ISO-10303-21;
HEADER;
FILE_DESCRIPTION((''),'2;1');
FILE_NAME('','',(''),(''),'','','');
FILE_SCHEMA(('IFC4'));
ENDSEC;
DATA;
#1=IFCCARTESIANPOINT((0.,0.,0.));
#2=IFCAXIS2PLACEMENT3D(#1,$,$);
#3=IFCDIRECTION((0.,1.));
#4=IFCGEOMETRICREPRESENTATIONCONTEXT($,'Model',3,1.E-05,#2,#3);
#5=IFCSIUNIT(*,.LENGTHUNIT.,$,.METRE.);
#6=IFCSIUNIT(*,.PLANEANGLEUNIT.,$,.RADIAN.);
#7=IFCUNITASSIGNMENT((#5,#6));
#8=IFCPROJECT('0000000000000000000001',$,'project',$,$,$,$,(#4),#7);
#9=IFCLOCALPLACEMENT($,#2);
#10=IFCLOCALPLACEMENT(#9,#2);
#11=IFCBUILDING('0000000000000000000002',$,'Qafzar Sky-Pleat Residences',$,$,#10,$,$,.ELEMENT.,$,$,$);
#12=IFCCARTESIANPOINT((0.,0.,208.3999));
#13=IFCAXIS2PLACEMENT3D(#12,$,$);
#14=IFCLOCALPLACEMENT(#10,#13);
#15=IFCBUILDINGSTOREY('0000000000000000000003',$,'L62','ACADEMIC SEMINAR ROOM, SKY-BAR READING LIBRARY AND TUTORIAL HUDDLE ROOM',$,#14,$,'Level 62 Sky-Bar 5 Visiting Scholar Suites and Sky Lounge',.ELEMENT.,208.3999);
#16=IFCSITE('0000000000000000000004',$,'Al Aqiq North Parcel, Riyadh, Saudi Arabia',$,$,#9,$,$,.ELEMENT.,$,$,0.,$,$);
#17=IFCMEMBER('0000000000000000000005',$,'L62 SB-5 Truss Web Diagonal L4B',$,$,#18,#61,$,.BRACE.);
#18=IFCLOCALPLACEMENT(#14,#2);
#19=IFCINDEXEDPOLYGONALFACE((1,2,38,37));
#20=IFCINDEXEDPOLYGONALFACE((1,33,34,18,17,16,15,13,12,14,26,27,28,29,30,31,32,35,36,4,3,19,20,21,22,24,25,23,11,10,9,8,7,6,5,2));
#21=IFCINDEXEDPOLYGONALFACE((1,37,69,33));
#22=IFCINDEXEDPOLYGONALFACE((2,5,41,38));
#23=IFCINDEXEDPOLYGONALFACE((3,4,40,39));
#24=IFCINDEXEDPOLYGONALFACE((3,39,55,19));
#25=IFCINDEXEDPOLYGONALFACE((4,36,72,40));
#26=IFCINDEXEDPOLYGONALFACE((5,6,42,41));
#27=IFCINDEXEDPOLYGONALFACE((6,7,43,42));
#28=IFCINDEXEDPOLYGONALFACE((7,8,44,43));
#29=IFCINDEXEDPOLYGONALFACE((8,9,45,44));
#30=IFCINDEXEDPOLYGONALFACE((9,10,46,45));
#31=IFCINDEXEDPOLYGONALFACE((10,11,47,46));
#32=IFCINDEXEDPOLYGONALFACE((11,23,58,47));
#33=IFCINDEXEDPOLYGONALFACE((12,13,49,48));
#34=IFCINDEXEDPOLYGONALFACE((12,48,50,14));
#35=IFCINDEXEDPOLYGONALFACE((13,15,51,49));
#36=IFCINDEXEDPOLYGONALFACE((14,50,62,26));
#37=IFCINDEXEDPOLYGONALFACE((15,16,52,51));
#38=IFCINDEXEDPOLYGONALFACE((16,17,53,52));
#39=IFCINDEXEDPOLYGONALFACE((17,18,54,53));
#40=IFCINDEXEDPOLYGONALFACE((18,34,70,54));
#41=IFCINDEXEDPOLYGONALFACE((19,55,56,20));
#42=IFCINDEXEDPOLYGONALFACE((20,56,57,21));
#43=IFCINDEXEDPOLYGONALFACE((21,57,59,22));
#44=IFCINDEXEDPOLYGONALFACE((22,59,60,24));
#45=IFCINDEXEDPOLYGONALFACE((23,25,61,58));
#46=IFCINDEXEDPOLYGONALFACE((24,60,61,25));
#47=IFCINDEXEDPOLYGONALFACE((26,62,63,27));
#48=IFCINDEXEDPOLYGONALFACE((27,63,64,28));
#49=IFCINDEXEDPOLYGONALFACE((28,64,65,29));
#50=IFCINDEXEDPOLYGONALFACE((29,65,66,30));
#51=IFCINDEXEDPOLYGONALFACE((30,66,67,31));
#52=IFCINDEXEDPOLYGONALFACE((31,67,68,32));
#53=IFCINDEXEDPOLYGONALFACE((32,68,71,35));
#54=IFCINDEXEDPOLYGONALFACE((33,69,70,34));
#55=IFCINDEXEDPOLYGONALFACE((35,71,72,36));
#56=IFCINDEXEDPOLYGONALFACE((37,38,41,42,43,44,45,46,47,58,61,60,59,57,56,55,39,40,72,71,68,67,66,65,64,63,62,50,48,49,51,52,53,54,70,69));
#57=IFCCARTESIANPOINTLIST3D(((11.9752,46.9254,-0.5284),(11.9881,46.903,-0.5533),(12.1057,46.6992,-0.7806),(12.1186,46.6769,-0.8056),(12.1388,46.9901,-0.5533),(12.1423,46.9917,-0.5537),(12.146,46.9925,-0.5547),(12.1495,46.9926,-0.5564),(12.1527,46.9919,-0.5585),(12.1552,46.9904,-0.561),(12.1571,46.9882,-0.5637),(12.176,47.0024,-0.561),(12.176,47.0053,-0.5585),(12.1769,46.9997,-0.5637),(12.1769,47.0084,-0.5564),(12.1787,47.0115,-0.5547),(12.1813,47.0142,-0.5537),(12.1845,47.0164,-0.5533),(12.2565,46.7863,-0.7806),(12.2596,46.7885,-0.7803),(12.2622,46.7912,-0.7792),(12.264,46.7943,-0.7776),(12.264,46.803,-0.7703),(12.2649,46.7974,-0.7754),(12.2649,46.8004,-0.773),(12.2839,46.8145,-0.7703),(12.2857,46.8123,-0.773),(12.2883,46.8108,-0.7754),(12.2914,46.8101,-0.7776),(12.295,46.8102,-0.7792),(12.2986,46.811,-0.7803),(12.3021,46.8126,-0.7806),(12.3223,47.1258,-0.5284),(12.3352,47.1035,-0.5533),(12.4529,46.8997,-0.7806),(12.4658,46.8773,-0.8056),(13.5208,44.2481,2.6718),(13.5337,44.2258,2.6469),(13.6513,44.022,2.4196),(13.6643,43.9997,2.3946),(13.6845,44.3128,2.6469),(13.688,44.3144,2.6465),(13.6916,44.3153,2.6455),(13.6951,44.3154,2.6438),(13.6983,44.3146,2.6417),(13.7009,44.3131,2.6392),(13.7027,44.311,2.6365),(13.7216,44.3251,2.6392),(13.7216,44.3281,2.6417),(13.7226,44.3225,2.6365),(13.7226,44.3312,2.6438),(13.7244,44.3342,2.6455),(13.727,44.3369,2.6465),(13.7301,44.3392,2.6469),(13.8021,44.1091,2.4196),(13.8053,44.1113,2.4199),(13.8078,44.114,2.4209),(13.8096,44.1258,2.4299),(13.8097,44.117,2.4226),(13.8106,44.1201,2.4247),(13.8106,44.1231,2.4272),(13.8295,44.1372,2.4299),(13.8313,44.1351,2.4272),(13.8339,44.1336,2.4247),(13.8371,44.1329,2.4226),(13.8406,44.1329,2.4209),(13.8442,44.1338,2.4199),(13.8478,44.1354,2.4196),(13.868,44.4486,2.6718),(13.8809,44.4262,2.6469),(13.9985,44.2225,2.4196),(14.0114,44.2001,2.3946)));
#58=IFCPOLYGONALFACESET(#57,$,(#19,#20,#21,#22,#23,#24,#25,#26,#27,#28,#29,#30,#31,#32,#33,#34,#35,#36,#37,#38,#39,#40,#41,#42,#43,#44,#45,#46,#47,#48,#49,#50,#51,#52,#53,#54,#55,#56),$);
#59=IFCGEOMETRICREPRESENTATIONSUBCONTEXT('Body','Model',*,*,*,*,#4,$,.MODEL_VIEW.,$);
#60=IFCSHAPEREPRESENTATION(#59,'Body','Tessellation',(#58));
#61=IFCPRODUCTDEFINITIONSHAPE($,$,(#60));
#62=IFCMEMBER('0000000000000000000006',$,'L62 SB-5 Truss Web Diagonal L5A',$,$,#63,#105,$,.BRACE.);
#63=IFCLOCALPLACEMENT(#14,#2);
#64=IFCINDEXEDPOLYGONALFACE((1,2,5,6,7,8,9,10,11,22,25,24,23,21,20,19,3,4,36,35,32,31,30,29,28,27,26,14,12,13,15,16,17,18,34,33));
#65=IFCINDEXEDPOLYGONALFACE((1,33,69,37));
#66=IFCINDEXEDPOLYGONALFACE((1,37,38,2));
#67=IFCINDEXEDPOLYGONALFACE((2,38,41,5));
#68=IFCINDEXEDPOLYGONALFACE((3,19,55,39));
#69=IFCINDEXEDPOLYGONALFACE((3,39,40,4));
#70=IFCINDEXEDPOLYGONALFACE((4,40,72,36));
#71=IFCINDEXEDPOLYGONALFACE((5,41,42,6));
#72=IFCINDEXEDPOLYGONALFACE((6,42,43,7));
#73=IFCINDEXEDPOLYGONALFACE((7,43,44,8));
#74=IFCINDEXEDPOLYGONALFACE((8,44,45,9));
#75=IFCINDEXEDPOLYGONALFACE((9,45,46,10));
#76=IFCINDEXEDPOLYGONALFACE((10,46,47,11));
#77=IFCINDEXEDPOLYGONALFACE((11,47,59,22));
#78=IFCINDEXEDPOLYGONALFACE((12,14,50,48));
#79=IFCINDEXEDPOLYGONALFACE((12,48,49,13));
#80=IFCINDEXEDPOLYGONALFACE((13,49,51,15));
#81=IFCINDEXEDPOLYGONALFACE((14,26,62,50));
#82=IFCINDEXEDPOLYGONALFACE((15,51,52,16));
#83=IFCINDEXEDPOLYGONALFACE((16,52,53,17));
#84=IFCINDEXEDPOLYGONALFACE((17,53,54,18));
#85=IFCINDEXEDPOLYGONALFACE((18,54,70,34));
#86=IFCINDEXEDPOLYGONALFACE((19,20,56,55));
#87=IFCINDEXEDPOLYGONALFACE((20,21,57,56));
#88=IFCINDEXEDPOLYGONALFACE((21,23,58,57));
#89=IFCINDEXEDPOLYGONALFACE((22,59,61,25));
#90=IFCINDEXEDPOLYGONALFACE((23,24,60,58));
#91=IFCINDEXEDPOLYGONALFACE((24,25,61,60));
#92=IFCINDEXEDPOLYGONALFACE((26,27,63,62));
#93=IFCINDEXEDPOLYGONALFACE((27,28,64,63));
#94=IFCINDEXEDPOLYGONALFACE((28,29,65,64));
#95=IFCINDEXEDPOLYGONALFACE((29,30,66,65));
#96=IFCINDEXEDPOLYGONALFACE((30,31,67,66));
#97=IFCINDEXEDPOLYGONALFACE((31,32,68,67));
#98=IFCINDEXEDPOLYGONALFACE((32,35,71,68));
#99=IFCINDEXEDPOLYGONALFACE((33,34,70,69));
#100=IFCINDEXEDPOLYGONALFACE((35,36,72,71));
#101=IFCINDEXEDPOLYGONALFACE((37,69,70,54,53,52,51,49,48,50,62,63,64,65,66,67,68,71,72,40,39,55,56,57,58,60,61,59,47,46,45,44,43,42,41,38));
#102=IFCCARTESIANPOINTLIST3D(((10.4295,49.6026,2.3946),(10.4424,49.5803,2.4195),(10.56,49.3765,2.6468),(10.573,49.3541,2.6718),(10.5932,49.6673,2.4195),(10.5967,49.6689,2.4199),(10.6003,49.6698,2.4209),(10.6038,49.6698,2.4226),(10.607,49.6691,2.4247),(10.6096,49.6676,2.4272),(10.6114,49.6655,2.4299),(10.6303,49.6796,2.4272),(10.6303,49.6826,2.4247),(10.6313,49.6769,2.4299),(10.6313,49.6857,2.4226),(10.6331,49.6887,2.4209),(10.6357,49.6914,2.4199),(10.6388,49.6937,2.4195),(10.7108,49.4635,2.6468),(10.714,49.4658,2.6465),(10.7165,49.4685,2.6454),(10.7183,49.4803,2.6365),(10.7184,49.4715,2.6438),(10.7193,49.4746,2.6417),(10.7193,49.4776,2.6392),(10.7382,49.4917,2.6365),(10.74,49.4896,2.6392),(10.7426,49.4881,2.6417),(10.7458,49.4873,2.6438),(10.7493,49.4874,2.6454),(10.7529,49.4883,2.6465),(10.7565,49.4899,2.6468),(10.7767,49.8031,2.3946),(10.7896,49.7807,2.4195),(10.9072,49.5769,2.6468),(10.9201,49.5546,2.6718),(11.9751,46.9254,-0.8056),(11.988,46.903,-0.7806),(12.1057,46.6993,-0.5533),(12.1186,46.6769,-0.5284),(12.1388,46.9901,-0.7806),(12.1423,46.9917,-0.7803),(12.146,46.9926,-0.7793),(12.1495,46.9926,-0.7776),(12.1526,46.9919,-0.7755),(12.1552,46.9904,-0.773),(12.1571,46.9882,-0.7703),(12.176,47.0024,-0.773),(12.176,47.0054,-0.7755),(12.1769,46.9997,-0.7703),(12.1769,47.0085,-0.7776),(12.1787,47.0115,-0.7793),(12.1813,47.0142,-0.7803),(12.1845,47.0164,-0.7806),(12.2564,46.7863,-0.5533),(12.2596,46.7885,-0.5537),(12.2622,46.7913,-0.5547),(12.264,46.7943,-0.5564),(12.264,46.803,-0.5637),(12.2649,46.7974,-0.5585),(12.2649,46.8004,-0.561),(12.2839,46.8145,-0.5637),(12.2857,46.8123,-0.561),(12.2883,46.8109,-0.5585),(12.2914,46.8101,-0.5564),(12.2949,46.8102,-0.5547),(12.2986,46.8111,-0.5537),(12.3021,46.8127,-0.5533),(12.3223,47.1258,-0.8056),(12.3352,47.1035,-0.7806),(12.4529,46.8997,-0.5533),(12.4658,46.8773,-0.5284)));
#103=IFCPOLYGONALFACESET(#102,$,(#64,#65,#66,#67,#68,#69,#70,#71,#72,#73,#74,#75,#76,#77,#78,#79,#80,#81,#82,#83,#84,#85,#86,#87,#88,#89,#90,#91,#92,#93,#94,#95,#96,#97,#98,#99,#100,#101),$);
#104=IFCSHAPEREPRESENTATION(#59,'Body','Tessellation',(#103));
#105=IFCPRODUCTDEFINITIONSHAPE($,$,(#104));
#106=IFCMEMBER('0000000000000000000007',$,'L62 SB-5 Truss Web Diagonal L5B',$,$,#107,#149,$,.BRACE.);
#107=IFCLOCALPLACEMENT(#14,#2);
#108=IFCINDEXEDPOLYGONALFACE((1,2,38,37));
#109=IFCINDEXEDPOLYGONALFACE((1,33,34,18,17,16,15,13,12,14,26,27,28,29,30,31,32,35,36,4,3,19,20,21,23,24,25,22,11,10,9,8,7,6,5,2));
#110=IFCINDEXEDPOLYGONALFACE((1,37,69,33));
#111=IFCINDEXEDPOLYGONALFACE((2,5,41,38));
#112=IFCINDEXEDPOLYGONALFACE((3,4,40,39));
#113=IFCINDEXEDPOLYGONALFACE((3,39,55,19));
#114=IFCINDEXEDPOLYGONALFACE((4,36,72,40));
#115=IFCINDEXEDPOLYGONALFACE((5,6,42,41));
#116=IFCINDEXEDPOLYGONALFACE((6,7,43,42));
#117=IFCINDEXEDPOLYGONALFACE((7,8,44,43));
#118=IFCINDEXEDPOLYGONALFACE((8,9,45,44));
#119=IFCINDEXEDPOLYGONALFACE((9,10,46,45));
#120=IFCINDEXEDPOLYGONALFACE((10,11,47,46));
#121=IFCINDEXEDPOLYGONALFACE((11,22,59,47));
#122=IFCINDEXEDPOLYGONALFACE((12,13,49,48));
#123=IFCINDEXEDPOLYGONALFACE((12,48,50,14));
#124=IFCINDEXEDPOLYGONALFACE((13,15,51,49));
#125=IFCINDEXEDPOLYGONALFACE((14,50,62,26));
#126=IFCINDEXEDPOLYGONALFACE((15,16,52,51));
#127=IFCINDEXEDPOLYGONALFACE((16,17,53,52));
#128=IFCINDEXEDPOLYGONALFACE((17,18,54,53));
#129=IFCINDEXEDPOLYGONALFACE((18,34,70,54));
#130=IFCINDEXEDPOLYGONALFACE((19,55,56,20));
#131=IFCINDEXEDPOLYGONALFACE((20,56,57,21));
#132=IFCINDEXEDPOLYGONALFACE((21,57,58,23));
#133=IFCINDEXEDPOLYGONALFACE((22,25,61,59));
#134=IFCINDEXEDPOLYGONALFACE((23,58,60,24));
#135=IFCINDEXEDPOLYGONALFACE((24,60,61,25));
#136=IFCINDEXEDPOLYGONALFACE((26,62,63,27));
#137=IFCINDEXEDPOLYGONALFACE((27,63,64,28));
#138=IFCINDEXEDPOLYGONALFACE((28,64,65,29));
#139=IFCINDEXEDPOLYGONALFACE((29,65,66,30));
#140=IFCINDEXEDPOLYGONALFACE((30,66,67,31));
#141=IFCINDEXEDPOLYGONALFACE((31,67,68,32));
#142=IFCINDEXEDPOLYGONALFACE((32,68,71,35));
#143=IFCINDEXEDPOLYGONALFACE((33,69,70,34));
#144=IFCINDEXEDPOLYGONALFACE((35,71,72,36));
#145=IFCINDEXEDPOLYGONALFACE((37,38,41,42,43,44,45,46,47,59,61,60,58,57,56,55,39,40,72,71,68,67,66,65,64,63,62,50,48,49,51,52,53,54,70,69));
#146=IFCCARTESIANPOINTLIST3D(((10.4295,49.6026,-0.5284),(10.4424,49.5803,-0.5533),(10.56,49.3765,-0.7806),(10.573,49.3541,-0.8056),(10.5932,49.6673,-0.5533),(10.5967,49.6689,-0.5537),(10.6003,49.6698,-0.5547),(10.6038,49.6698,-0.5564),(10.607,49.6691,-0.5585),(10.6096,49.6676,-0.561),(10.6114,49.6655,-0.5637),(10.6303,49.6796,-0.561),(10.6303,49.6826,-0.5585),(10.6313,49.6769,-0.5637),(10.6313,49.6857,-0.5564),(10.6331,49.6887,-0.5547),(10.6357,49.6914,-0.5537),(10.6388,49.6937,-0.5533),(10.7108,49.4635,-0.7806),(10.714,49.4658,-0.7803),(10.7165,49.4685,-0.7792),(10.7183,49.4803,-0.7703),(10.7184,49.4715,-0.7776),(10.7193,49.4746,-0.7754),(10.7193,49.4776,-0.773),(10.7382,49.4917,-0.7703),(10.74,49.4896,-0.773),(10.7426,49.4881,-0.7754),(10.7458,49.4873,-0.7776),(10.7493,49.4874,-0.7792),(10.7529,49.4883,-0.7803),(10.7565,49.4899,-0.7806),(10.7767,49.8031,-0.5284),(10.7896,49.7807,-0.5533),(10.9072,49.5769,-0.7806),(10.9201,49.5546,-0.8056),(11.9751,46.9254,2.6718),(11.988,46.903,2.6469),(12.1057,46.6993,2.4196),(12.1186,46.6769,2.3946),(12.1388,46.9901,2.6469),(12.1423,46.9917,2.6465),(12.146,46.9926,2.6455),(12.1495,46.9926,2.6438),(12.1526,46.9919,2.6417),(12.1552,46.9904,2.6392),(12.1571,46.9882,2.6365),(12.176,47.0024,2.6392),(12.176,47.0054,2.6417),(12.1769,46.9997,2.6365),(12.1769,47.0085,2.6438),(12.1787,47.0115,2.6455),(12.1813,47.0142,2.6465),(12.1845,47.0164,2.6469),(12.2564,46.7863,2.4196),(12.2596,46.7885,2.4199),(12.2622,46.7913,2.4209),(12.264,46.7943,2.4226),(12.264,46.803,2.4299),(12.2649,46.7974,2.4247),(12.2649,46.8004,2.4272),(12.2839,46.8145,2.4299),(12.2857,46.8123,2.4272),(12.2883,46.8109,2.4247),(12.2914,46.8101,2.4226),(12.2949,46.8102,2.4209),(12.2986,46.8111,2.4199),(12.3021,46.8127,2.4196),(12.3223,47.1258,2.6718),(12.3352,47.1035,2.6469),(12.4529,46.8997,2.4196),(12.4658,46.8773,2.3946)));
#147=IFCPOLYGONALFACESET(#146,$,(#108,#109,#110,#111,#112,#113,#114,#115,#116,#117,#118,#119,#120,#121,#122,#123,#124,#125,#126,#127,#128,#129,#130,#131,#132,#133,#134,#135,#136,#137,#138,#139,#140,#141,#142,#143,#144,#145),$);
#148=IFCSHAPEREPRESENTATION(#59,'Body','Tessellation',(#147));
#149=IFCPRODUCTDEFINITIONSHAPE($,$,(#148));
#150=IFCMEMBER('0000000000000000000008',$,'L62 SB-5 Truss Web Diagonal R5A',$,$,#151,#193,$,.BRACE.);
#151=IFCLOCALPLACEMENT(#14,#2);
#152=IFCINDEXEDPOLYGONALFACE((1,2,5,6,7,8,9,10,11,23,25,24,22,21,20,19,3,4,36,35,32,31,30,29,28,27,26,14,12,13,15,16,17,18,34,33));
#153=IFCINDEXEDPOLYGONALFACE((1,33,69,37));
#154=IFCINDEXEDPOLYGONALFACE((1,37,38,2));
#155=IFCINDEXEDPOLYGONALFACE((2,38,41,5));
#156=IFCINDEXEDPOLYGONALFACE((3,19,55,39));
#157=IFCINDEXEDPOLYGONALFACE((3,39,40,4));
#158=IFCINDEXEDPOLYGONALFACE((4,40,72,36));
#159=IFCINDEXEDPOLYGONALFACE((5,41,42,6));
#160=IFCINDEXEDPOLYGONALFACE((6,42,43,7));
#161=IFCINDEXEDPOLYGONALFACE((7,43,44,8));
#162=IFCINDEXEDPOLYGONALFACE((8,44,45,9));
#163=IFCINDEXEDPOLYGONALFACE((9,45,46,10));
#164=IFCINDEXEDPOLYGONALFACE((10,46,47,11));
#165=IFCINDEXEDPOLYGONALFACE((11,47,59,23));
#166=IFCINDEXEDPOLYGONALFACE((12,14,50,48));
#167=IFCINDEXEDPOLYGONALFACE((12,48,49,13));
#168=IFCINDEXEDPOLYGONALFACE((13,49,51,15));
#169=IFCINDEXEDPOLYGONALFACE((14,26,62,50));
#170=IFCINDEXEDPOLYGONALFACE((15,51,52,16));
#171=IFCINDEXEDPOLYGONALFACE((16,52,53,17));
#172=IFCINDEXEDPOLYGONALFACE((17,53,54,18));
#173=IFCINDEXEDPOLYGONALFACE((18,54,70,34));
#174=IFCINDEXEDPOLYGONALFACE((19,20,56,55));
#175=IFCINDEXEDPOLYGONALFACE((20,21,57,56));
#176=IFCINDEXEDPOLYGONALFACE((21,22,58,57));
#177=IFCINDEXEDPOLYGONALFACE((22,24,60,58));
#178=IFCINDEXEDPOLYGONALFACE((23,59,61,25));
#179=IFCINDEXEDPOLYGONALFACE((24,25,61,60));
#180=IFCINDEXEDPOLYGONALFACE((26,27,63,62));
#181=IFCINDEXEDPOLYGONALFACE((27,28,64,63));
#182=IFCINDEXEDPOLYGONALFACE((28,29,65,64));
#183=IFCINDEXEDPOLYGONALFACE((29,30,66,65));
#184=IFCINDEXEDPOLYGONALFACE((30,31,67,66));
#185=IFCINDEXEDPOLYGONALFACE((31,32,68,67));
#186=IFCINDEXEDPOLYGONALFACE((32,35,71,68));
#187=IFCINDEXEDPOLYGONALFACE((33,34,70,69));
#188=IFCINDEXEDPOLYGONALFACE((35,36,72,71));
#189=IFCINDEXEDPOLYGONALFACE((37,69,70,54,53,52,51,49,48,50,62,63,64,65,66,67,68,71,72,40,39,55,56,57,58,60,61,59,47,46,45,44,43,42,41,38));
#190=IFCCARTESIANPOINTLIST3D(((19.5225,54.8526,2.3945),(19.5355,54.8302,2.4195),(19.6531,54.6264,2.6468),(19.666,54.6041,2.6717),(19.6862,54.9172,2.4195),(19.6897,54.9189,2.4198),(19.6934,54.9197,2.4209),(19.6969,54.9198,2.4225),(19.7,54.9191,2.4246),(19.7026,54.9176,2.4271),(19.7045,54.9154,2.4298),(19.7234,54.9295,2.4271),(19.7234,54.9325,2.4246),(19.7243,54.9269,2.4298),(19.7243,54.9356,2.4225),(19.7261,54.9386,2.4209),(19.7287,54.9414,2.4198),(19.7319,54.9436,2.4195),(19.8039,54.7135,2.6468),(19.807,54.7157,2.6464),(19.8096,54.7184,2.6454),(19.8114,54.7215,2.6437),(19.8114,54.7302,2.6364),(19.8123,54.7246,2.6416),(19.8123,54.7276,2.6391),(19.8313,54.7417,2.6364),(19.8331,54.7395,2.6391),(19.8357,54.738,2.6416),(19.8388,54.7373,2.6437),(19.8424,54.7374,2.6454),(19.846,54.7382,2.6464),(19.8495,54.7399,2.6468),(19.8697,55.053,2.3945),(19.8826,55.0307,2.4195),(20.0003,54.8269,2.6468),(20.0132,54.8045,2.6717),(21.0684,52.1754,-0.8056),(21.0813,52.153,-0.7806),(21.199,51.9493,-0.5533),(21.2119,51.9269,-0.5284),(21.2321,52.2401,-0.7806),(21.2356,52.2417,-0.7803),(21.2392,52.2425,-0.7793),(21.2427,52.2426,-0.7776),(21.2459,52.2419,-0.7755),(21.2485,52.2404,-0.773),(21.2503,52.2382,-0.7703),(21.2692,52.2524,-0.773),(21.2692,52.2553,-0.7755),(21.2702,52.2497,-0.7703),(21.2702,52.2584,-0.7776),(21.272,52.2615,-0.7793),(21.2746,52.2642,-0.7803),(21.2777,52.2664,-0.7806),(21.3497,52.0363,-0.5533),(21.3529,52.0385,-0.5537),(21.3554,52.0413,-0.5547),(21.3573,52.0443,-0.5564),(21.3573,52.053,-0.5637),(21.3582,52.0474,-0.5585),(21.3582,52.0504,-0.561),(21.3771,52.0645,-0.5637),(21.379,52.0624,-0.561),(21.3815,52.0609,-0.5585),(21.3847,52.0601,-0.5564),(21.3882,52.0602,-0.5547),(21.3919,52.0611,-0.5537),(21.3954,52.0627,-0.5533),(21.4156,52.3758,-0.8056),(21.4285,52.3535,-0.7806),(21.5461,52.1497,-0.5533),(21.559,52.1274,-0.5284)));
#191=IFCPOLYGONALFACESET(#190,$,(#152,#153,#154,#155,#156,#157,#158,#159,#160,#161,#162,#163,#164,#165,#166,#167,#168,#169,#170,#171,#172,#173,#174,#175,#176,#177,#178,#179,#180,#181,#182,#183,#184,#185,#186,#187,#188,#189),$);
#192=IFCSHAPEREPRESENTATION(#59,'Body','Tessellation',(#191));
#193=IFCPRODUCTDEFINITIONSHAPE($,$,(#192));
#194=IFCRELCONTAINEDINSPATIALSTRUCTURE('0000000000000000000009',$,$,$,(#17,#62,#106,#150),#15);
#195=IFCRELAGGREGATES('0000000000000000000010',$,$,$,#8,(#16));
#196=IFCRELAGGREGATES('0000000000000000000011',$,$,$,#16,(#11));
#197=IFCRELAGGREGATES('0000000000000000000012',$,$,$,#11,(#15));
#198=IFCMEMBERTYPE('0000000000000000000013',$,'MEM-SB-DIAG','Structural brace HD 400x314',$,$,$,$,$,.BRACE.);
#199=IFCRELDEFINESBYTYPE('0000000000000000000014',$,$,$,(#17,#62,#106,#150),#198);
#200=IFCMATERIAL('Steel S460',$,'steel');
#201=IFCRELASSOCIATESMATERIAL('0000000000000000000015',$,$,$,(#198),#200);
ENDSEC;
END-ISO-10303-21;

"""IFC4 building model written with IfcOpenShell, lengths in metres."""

from ifc_helpers import new_model, si_unit, direction, frame, origin, origin_2d, place, context, subcontext, project, spatial, i_section, extrude, source, transform, mapped, material, material_profile, profile_set, type_object, element, save


model = new_model("IFC4")

# Units and contexts
model_context = context("Model", 3, precision=1e-05, world=origin(), true_north=direction((0.0, 1.0)))
body_context = subcontext(model_context, "Body", "Model", "MODEL_VIEW")
ifc_project = project(units=[si_unit("LENGTHUNIT", "METRE"), si_unit("PLANEANGLEUNIT", "RADIAN")], contexts=[model_context])

# Site, building, storey
site_placement = place(None, origin())
site = spatial("IfcSite", under=ifc_project, at=site_placement, Name="Al Aqiq North Parcel, Riyadh, Saudi Arabia", CompositionType="ELEMENT", RefElevation=0.0)
building_placement = place(site_placement, origin())
building = spatial("IfcBuilding", under=site, at=building_placement, Name="Qafzar Sky-Pleat Residences", CompositionType="ELEMENT")
storey_placement = place(building_placement, frame((0.0, 0.0, 208.3999)))
storey = spatial("IfcBuildingStorey", under=building, at=storey_placement, Name="L62", Description="ACADEMIC SEMINAR ROOM, SKY-BAR READING LIBRARY AND TUTORIAL HUDDLE ROOM", LongName="Level 62 Sky-Bar 5 Visiting Scholar Suites and Sky Lounge", CompositionType="ELEMENT", Elevation=208.3999)

# Members
ifc_material_1 = material(Name="Steel S460", Category="steel")
ifc_material_profile_1 = material_profile(ifc_material_1, i_section(OverallWidth=0.4009, OverallDepth=0.3989, WebThickness=0.0229, FlangeThickness=0.0359, FilletRadius=0.0149, at=origin_2d()), Name="HD 400x314")
ifc_profile_set_1 = profile_set([ifc_material_profile_1], Name="Steel S460")
member_type_1 = type_object("IfcMemberType", Name="MEM-SB-DIAG", Description="Structural brace HD 400x314", PredefinedType="BRACE", material=ifc_profile_set_1)
shared_shape_1 = source(origin(), body_context, "Body", "SweptSolid", [
    extrude(i_section(OverallWidth=0.4009, OverallDepth=0.3989, WebThickness=0.0229, FlangeThickness=0.0359, FilletRadius=0.0149, at=origin_2d()), origin(), (0.0, 0.0, 1.0), 4.4495),
])
for number, where, z_axis, x_axis, name in (
    (1, (13.7661, 44.2241, 2.5332), (-0.347378, 0.601698, -0.719228), (-0.866033, -0.499987, 0.0), "L62 SB-5 Truss Web Diagonal L4B"),
    (2, (12.2205, 46.9014, -0.667), (-0.347378, 0.601698, 0.719228), (-0.866033, -0.499987, 0.0), "L62 SB-5 Truss Web Diagonal L5A"),
    (3, (12.2205, 46.9014, 2.5332), (-0.347378, 0.601698, -0.719228), (-0.866033, -0.499987, 0.0), "L62 SB-5 Truss Web Diagonal L5B"),
    (4, (21.3137, 52.1514, -0.667), (-0.347426, 0.601686, 0.719214), (-0.865999, -0.500046, 0.0), "L62 SB-5 Truss Web Diagonal R5A"),
):
    element("IfcMember", number, at=place(storey_placement, frame(where, z_axis=z_axis, x_axis=x_axis)), inside=storey, type_object=member_type_1, Name=name, PredefinedType="BRACE", context=body_context, shape_type="MappedRepresentation", body=[
        mapped(shared_shape_1, transform((0.0, 0.0, 0.0), x_axis=(1.0, 0.0, 0.0), y_axis=(0.0, 1.0, 0.0), z_axis=(0.0, 0.0, 1.0), scale=1.0)),
    ])

save(model, "model.ifc")
